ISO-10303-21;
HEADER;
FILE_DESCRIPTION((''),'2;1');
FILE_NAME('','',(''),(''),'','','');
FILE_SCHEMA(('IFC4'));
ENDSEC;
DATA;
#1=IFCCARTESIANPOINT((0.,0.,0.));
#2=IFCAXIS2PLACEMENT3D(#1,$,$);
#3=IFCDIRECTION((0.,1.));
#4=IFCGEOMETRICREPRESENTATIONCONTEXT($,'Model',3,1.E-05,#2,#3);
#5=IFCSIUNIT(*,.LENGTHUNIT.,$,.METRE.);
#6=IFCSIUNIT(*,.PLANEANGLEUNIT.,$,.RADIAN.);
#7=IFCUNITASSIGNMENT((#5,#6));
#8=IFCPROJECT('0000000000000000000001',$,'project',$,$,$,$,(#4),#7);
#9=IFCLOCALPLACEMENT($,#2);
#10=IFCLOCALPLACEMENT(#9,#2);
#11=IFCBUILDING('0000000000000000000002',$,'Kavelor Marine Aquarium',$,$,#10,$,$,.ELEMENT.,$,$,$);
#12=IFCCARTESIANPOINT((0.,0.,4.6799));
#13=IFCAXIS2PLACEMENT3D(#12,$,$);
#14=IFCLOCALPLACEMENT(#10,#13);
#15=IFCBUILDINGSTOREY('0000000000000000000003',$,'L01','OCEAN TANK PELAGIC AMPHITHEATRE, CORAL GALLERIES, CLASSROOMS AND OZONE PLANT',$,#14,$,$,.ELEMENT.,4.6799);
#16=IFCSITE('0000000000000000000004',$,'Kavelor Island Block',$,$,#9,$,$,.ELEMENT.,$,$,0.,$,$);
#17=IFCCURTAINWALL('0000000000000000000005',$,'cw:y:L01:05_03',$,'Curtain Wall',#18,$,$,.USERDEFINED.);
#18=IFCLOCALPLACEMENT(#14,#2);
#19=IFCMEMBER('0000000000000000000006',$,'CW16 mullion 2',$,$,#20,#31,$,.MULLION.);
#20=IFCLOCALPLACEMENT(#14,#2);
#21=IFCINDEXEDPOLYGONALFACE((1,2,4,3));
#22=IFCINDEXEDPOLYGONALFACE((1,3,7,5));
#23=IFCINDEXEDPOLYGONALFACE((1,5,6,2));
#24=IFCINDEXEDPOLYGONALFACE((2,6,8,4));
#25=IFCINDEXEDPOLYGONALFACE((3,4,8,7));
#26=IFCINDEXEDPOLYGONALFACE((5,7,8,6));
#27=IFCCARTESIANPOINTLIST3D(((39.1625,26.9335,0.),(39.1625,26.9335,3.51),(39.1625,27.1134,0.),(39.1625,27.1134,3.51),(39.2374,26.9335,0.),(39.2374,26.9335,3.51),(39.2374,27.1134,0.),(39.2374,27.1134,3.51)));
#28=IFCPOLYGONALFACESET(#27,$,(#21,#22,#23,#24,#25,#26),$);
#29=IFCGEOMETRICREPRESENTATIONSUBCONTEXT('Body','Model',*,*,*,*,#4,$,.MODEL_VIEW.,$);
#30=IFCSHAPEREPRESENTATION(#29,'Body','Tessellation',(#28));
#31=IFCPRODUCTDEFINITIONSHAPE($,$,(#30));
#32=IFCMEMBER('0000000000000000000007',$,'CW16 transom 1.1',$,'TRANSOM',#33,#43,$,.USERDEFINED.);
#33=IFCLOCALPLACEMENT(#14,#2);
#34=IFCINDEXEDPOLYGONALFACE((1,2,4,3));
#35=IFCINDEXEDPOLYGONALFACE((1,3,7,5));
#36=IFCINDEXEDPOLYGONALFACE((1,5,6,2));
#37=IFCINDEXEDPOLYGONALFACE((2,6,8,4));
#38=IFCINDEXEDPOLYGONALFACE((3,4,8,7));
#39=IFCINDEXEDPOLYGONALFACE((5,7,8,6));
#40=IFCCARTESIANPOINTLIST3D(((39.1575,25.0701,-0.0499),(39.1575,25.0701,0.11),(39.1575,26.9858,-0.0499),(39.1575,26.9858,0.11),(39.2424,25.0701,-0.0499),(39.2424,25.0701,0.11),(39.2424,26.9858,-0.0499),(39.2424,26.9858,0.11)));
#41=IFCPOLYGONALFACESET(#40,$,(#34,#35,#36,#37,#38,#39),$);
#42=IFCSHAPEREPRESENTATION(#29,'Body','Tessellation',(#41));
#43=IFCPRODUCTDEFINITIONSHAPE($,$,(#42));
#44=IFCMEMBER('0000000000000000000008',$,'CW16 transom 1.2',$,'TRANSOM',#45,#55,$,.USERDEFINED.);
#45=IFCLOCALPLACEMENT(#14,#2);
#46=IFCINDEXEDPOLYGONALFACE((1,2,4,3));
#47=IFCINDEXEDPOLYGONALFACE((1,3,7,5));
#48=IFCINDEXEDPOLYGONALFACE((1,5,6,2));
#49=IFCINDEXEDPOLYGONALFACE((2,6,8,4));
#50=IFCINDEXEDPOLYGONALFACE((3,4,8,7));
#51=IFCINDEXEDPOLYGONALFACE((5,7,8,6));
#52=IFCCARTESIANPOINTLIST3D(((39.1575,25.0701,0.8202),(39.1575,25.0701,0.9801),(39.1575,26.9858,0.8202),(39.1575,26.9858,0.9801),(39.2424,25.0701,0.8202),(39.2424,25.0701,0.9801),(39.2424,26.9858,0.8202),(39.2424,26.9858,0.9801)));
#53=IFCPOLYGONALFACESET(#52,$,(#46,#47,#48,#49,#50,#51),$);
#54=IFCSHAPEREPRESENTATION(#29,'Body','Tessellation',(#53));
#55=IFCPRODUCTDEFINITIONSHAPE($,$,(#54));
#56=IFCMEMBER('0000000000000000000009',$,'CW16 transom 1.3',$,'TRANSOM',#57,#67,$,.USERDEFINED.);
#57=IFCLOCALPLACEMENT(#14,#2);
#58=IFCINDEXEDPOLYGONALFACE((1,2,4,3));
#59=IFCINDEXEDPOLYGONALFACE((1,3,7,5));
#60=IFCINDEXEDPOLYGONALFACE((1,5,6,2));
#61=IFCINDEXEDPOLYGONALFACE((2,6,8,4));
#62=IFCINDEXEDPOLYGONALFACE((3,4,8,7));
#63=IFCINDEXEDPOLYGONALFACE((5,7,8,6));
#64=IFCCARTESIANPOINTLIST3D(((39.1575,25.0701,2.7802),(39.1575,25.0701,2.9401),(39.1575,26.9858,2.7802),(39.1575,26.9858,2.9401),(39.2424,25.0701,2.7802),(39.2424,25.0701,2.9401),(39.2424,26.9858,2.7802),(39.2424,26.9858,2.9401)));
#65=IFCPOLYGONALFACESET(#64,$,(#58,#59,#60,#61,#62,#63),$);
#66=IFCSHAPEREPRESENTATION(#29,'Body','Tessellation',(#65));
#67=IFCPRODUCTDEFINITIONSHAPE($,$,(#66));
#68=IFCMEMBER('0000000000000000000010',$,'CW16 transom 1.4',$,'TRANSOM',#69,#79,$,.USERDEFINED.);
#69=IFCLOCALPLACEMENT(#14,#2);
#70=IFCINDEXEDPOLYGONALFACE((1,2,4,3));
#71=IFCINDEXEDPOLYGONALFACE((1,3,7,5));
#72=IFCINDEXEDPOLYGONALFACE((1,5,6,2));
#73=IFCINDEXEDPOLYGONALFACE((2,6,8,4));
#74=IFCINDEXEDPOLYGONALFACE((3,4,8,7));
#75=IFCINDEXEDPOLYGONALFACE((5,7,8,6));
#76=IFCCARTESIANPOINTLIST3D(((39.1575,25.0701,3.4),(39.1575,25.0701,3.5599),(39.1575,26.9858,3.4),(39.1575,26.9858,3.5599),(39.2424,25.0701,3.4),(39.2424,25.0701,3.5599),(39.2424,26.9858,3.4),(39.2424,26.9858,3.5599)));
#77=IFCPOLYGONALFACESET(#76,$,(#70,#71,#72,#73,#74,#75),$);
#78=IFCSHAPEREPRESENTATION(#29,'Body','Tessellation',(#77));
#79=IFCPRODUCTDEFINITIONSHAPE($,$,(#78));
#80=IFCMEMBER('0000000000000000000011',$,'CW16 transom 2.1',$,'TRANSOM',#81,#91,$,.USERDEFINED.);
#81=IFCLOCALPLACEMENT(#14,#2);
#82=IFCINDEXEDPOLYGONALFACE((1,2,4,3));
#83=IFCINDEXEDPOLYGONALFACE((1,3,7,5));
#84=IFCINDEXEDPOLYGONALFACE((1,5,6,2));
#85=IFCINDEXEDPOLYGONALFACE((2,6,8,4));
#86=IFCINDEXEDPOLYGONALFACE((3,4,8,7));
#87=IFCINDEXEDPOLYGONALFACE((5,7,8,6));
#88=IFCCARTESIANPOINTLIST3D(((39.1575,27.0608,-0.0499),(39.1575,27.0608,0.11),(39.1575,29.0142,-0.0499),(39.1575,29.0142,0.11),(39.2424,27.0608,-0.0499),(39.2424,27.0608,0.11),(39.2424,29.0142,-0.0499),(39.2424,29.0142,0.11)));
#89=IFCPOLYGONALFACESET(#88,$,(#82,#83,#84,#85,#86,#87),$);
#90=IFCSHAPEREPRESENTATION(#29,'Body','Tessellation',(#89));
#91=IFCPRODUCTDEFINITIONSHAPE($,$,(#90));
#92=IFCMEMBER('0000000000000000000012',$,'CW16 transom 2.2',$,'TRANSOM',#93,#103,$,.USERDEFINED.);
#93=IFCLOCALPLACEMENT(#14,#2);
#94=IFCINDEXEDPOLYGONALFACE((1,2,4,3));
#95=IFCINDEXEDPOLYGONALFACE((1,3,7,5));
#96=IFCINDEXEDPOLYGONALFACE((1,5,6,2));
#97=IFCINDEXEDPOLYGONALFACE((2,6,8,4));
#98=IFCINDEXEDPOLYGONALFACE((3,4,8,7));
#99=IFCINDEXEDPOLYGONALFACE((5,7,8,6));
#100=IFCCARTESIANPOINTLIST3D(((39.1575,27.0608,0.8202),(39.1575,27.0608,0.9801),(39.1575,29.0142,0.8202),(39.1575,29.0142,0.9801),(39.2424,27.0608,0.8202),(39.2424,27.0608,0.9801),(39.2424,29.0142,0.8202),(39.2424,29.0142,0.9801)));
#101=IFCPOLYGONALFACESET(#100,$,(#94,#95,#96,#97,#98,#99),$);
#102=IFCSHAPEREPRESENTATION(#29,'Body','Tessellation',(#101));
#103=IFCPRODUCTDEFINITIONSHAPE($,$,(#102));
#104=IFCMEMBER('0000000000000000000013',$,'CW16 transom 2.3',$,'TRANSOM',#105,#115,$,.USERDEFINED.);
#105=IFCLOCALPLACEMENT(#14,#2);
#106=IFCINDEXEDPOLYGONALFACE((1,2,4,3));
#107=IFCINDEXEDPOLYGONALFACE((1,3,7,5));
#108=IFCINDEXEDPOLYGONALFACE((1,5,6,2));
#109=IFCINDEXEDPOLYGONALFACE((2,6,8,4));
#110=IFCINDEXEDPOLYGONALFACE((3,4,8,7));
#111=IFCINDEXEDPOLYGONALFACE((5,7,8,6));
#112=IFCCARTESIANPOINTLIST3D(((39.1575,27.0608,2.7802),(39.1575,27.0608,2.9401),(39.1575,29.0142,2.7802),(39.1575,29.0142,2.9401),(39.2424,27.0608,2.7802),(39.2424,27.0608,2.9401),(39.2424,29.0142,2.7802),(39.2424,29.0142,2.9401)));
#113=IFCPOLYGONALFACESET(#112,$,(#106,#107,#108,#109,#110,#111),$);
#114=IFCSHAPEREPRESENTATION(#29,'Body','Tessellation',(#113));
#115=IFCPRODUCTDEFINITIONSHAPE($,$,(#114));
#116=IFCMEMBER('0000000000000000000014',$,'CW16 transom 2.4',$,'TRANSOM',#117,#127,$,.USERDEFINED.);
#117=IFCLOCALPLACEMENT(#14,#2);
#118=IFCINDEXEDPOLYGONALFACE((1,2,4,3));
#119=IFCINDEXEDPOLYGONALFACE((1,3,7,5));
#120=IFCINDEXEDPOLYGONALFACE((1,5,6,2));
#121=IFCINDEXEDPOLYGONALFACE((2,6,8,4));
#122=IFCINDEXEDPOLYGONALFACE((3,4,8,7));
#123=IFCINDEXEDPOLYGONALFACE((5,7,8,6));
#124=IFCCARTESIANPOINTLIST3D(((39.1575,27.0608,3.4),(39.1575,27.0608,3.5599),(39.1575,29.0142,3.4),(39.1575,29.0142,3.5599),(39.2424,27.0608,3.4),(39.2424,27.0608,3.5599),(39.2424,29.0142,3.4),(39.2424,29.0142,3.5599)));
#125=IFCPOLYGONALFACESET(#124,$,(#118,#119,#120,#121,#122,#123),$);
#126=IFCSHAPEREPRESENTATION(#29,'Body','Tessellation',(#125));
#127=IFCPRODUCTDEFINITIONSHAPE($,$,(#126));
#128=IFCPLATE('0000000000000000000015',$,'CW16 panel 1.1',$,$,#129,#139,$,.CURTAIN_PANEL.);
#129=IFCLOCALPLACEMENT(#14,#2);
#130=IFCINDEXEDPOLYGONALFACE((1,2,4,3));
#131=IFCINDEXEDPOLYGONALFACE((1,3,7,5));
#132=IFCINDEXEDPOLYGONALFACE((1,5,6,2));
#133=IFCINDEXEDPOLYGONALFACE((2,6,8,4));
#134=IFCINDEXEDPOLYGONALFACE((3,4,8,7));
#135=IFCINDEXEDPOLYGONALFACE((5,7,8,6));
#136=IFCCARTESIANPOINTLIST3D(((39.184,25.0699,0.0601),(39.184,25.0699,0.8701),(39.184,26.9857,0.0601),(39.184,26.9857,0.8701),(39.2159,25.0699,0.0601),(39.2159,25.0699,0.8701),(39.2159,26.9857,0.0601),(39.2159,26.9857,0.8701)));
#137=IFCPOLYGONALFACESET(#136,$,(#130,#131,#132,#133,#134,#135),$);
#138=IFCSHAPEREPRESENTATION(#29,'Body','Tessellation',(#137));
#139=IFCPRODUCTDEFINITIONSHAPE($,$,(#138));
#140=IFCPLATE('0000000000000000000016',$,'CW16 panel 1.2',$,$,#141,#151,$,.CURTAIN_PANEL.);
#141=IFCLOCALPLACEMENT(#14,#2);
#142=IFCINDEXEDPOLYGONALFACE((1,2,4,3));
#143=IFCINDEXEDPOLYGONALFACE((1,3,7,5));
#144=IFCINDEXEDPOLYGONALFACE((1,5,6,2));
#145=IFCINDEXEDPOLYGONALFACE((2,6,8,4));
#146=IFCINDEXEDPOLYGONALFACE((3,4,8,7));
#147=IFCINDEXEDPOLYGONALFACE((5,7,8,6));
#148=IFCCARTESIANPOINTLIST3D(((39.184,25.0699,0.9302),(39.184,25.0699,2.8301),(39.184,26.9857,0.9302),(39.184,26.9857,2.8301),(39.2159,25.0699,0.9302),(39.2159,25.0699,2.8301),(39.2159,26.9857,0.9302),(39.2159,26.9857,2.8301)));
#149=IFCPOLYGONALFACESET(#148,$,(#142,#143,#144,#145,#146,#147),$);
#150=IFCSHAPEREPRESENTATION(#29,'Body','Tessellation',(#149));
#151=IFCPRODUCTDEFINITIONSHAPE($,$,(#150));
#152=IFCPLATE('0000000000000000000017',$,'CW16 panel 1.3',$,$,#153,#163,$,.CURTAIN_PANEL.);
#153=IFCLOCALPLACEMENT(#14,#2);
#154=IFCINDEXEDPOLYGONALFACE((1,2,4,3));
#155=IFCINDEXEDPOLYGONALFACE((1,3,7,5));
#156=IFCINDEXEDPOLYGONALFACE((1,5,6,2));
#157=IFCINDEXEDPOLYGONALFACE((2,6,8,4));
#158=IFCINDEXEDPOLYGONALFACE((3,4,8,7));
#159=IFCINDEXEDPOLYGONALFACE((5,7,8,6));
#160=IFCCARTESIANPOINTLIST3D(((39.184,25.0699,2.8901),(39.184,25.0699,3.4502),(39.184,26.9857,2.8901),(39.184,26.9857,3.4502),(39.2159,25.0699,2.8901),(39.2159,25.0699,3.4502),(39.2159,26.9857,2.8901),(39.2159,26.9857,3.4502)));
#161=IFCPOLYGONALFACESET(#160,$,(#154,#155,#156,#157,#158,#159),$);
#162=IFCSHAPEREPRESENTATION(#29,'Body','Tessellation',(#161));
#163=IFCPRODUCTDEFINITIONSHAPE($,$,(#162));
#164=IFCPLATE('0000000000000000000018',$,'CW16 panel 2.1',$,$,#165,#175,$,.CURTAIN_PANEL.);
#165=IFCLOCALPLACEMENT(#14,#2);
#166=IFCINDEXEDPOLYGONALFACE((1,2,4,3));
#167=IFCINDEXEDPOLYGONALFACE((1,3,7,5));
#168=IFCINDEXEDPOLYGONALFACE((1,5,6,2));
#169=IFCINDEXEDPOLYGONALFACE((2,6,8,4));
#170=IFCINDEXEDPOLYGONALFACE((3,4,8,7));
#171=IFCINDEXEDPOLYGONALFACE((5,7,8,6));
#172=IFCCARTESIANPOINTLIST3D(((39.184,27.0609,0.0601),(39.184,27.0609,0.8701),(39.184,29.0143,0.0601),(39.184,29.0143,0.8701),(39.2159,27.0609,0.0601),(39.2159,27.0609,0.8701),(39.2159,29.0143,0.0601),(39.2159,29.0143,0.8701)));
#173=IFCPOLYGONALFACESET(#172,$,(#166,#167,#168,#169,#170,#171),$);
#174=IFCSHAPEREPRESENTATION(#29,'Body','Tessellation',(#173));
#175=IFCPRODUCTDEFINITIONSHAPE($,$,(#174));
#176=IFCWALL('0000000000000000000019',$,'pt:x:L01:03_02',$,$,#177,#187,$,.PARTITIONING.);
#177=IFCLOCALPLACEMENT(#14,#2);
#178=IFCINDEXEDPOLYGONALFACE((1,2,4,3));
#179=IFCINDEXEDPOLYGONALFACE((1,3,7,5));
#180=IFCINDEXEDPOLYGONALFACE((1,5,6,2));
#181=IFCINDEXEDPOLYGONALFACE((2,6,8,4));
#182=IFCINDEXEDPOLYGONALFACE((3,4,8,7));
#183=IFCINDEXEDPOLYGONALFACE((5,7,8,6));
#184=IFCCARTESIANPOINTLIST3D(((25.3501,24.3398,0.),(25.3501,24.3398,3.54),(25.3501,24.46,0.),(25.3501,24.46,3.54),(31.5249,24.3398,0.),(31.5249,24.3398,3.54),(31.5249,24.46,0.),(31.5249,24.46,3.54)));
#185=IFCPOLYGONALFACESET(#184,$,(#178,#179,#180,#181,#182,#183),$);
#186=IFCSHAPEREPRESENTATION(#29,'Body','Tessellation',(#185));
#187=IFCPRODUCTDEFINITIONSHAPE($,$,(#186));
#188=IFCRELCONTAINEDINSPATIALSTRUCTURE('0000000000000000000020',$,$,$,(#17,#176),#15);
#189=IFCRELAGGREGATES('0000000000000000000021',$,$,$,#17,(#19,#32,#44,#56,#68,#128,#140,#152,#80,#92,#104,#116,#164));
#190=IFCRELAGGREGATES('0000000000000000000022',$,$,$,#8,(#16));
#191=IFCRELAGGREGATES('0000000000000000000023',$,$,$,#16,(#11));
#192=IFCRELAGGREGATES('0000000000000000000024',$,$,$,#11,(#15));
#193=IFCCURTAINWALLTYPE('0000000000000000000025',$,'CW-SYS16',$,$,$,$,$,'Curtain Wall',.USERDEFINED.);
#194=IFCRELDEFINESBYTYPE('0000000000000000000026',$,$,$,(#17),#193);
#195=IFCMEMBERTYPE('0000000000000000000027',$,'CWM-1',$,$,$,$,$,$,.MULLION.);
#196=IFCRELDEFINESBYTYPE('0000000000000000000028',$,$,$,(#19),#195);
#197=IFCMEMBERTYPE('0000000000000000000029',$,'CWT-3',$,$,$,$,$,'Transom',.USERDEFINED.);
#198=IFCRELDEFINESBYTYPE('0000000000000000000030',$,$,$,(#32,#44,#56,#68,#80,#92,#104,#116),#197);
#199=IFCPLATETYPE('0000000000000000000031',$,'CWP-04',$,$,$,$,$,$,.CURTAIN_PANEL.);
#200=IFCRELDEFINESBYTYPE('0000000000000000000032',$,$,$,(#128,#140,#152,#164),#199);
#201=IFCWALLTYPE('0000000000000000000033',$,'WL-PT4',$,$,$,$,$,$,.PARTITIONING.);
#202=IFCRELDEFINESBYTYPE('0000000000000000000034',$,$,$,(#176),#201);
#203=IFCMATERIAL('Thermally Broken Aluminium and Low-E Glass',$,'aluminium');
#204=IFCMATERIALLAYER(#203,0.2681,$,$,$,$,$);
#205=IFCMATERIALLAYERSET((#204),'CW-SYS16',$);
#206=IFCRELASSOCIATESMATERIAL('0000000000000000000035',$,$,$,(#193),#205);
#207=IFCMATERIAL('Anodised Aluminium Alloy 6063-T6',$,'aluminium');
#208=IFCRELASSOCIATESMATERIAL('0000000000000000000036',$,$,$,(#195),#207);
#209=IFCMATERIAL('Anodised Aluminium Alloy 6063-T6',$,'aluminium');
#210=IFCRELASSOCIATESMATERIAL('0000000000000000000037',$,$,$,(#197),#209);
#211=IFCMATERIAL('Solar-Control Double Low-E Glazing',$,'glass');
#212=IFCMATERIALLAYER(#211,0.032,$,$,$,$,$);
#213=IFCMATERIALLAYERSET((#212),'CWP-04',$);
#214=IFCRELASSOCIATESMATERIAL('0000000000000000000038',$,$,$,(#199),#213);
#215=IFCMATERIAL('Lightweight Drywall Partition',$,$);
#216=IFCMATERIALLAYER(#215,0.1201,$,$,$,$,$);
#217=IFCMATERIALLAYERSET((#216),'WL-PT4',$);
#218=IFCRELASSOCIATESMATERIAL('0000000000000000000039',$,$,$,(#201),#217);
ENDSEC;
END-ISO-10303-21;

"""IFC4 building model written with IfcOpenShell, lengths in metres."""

from ifc_helpers import new_model, si_unit, direction, frame, frame_2d, origin, origin_2d, place, context, subcontext, project, spatial, rectangle, extrude, material, layer, layer_set, material_profile, profile_set, type_object, element, aggregate, save


model = new_model("IFC4")

# Units and contexts
model_context = context("Model", 3, precision=1e-05, world=origin(), true_north=direction((0.0, 1.0)))
body_context = subcontext(model_context, "Body", "Model", "MODEL_VIEW")
ifc_project = project(units=[si_unit("LENGTHUNIT", "METRE"), si_unit("PLANEANGLEUNIT", "RADIAN")], contexts=[model_context])

# Site, building, storey
site_placement = place(None, origin())
site = spatial("IfcSite", under=ifc_project, at=site_placement, Name="Kavelor Island Block", CompositionType="ELEMENT", RefElevation=0.0)
building_placement = place(site_placement, origin())
building = spatial("IfcBuilding", under=site, at=building_placement, Name="Kavelor Marine Aquarium", CompositionType="ELEMENT")
storey_placement = place(building_placement, frame((0.0, 0.0, 4.6799)))
storey = spatial("IfcBuildingStorey", under=building, at=storey_placement, Name="L01", Description="OCEAN TANK PELAGIC AMPHITHEATRE, CORAL GALLERIES, CLASSROOMS AND OZONE PLANT", CompositionType="ELEMENT", Elevation=4.6799)

# Curtain wall, members, plates
ifc_material_1 = material(Name="Thermally Broken Aluminium and Low-E Glass", Category="aluminium")
ifc_layer_1 = layer(ifc_material_1, 0.2681)
ifc_layer_set_1 = layer_set([ifc_layer_1], Name="CW-SYS16")
curtain_wall_type = type_object("IfcCurtainWallType", Name="CW-SYS16", ElementType="Curtain Wall", PredefinedType="USERDEFINED", material=ifc_layer_set_1)
curtain_wall_placement = place(storey_placement, origin())
curtain_wall = element("IfcCurtainWall", 1, at=curtain_wall_placement, inside=storey, type_object=curtain_wall_type, Name="cw:y:L01:05_03", ObjectType="Curtain Wall", PredefinedType="USERDEFINED")
ifc_material_2 = material(Name="Anodised Aluminium Alloy 6063-T6", Category="aluminium")
ifc_material_profile_1 = material_profile(ifc_material_2, rectangle(XDim=0.075, YDim=0.1799, at=origin_2d()), Name="CW-MUL 75x180")
ifc_profile_set_1 = profile_set([ifc_material_profile_1], Name="Anodised Aluminium Alloy 6063-T6")
member_type_1 = type_object("IfcMemberType", Name="CWM-1", PredefinedType="MULLION", material=ifc_profile_set_1)
member_1_placement = place(storey_placement, frame((39.2, 27.0234, 0.0), z_axis=(0.0, 0.0, 1.0), x_axis=(-1.0, 0.0, 0.0)))
member_1 = element("IfcMember", 2, at=member_1_placement, type_object=member_type_1, Name="CW16 mullion 2", PredefinedType="MULLION", context=body_context, shape_type="SweptSolid", body=[
    extrude(rectangle(XDim=0.075, YDim=0.1799, at=origin_2d()), origin(), (0.0, 0.0, 1.0), 3.51),
])
ifc_material_3 = material(Name="Anodised Aluminium Alloy 6063-T6", Category="aluminium")
ifc_material_profile_2 = material_profile(ifc_material_3, rectangle(XDim=0.085, YDim=0.1599, at=origin_2d()), Name="CW-TRN 85x160")
ifc_profile_set_2 = profile_set([ifc_material_profile_2], Name="Anodised Aluminium Alloy 6063-T6")
member_type_2 = type_object("IfcMemberType", Name="CWT-3", ElementType="Transom", PredefinedType="USERDEFINED", material=ifc_profile_set_2)
member_2_placement = place(storey_placement, frame((39.2, 25.0701, 0.03), z_axis=(0.0, 1.0, 0.0), x_axis=(-1.0, 0.0, 0.0)))
member_2 = element("IfcMember", 3, at=member_2_placement, type_object=member_type_2, Name="CW16 transom 1.1", ObjectType="TRANSOM", PredefinedType="USERDEFINED", context=body_context, shape_type="SweptSolid", body=[
    extrude(rectangle(XDim=0.085, YDim=0.1599, at=origin_2d()), origin(), (0.0, 0.0, 1.0), 1.9158),
])
member_3_placement = place(storey_placement, frame((39.2, 25.0701, 0.9001), z_axis=(0.0, 1.0, 0.0), x_axis=(-1.0, 0.0, 0.0)))
member_3 = element("IfcMember", 4, at=member_3_placement, type_object=member_type_2, Name="CW16 transom 1.2", ObjectType="TRANSOM", PredefinedType="USERDEFINED", context=body_context, shape_type="SweptSolid", body=[
    extrude(rectangle(XDim=0.085, YDim=0.1599, at=origin_2d()), origin(), (0.0, 0.0, 1.0), 1.9158),
])
member_4_placement = place(storey_placement, frame((39.2, 25.0701, 2.8601), z_axis=(0.0, 1.0, 0.0), x_axis=(-1.0, 0.0, 0.0)))
member_4 = element("IfcMember", 5, at=member_4_placement, type_object=member_type_2, Name="CW16 transom 1.3", ObjectType="TRANSOM", PredefinedType="USERDEFINED", context=body_context, shape_type="SweptSolid", body=[
    extrude(rectangle(XDim=0.085, YDim=0.1599, at=origin_2d()), origin(), (0.0, 0.0, 1.0), 1.9158),
])
member_5_placement = place(storey_placement, frame((39.2, 25.0701, 3.48), z_axis=(0.0, 1.0, 0.0), x_axis=(-1.0, 0.0, 0.0)))
member_5 = element("IfcMember", 6, at=member_5_placement, type_object=member_type_2, Name="CW16 transom 1.4", ObjectType="TRANSOM", PredefinedType="USERDEFINED", context=body_context, shape_type="SweptSolid", body=[
    extrude(rectangle(XDim=0.085, YDim=0.1599, at=origin_2d()), origin(), (0.0, 0.0, 1.0), 1.9158),
])
member_6_placement = place(storey_placement, frame((39.2, 27.0608, 0.03), z_axis=(0.0, 1.0, 0.0), x_axis=(-1.0, 0.0, 0.0)))
member_6 = element("IfcMember", 7, at=member_6_placement, type_object=member_type_2, Name="CW16 transom 2.1", ObjectType="TRANSOM", PredefinedType="USERDEFINED", context=body_context, shape_type="SweptSolid", body=[
    extrude(rectangle(XDim=0.085, YDim=0.1599, at=origin_2d()), origin(), (0.0, 0.0, 1.0), 1.9534),
])
member_7_placement = place(storey_placement, frame((39.2, 27.0608, 0.9001), z_axis=(0.0, 1.0, 0.0), x_axis=(-1.0, 0.0, 0.0)))
member_7 = element("IfcMember", 8, at=member_7_placement, type_object=member_type_2, Name="CW16 transom 2.2", ObjectType="TRANSOM", PredefinedType="USERDEFINED", context=body_context, shape_type="SweptSolid", body=[
    extrude(rectangle(XDim=0.085, YDim=0.1599, at=origin_2d()), origin(), (0.0, 0.0, 1.0), 1.9534),
])
member_8_placement = place(storey_placement, frame((39.2, 27.0608, 2.8601), z_axis=(0.0, 1.0, 0.0), x_axis=(-1.0, 0.0, 0.0)))
member_8 = element("IfcMember", 9, at=member_8_placement, type_object=member_type_2, Name="CW16 transom 2.3", ObjectType="TRANSOM", PredefinedType="USERDEFINED", context=body_context, shape_type="SweptSolid", body=[
    extrude(rectangle(XDim=0.085, YDim=0.1599, at=origin_2d()), origin(), (0.0, 0.0, 1.0), 1.9534),
])
member_9_placement = place(storey_placement, frame((39.2, 27.0608, 3.48), z_axis=(0.0, 1.0, 0.0), x_axis=(-1.0, 0.0, 0.0)))
member_9 = element("IfcMember", 10, at=member_9_placement, type_object=member_type_2, Name="CW16 transom 2.4", ObjectType="TRANSOM", PredefinedType="USERDEFINED", context=body_context, shape_type="SweptSolid", body=[
    extrude(rectangle(XDim=0.085, YDim=0.1599, at=origin_2d()), origin(), (0.0, 0.0, 1.0), 1.9534),
])
ifc_material_4 = material(Name="Solar-Control Double Low-E Glazing", Category="glass")
ifc_layer_2 = layer(ifc_material_4, 0.032)
ifc_layer_set_2 = layer_set([ifc_layer_2], Name="CWP-04")
plate_type = type_object("IfcPlateType", Name="CWP-04", PredefinedType="CURTAIN_PANEL", material=ifc_layer_set_2)
plate_1_placement = place(storey_placement, frame((39.2, 26.0278, 0.0601), z_axis=(0.0, 0.0, 1.0), x_axis=(0.0, 1.0, 0.0)))
plate_1 = element("IfcPlate", 11, at=plate_1_placement, type_object=plate_type, Name="CW16 panel 1.1", PredefinedType="CURTAIN_PANEL", context=body_context, shape_type="SweptSolid", body=[
    extrude(rectangle(XDim=1.9158, YDim=0.032, at=origin_2d()), origin(), (0.0, 0.0, 1.0), 0.8101),
])
plate_2_placement = place(storey_placement, frame((39.2, 26.0278, 0.9302), z_axis=(0.0, 0.0, 1.0), x_axis=(0.0, 1.0, 0.0)))
plate_2 = element("IfcPlate", 12, at=plate_2_placement, type_object=plate_type, Name="CW16 panel 1.2", PredefinedType="CURTAIN_PANEL", context=body_context, shape_type="SweptSolid", body=[
    extrude(rectangle(XDim=1.9158, YDim=0.032, at=origin_2d()), origin(), (0.0, 0.0, 1.0), 1.8999),
])
plate_3_placement = place(storey_placement, frame((39.2, 26.0278, 2.8901), z_axis=(0.0, 0.0, 1.0), x_axis=(0.0, 1.0, 0.0)))
plate_3 = element("IfcPlate", 13, at=plate_3_placement, type_object=plate_type, Name="CW16 panel 1.3", PredefinedType="CURTAIN_PANEL", context=body_context, shape_type="SweptSolid", body=[
    extrude(rectangle(XDim=1.9158, YDim=0.032, at=origin_2d()), origin(), (0.0, 0.0, 1.0), 0.5601),
])
plate_4_placement = place(storey_placement, frame((39.2, 28.0376, 0.0601), z_axis=(0.0, 0.0, 1.0), x_axis=(0.0, 1.0, 0.0)))
plate_4 = element("IfcPlate", 14, at=plate_4_placement, type_object=plate_type, Name="CW16 panel 2.1", PredefinedType="CURTAIN_PANEL", context=body_context, shape_type="SweptSolid", body=[
    extrude(rectangle(XDim=1.9534, YDim=0.032, at=origin_2d()), origin(), (0.0, 0.0, 1.0), 0.8101),
])
aggregate(curtain_wall, [member_1, member_2, member_3, member_4, member_5, plate_1, plate_2, plate_3, member_6, member_7, member_8, member_9, plate_4])

# Wall
ifc_material_5 = material(Name="Lightweight Drywall Partition")
ifc_layer_3 = layer(ifc_material_5, 0.1201)
ifc_layer_set_3 = layer_set([ifc_layer_3], Name="WL-PT4")
wall_type = type_object("IfcWallType", Name="WL-PT4", PredefinedType="PARTITIONING", material=ifc_layer_set_3)
wall_1_placement = place(storey_placement, frame((25.3501, 24.3999, 0.0), z_axis=(0.0, 0.0, 1.0), x_axis=(1.0, 0.0, 0.0)))
element("IfcWall", 15, at=wall_1_placement, inside=storey, type_object=wall_type, Name="pt:x:L01:03_02", PredefinedType="PARTITIONING", context=body_context, shape_type="SweptSolid", body=[
    extrude(rectangle(XDim=6.1748, YDim=0.1201, at=frame_2d((3.0874, 0.0))), origin(), (0.0, 0.0, 1.0), 3.54),
])

save(model, "model.ifc")
